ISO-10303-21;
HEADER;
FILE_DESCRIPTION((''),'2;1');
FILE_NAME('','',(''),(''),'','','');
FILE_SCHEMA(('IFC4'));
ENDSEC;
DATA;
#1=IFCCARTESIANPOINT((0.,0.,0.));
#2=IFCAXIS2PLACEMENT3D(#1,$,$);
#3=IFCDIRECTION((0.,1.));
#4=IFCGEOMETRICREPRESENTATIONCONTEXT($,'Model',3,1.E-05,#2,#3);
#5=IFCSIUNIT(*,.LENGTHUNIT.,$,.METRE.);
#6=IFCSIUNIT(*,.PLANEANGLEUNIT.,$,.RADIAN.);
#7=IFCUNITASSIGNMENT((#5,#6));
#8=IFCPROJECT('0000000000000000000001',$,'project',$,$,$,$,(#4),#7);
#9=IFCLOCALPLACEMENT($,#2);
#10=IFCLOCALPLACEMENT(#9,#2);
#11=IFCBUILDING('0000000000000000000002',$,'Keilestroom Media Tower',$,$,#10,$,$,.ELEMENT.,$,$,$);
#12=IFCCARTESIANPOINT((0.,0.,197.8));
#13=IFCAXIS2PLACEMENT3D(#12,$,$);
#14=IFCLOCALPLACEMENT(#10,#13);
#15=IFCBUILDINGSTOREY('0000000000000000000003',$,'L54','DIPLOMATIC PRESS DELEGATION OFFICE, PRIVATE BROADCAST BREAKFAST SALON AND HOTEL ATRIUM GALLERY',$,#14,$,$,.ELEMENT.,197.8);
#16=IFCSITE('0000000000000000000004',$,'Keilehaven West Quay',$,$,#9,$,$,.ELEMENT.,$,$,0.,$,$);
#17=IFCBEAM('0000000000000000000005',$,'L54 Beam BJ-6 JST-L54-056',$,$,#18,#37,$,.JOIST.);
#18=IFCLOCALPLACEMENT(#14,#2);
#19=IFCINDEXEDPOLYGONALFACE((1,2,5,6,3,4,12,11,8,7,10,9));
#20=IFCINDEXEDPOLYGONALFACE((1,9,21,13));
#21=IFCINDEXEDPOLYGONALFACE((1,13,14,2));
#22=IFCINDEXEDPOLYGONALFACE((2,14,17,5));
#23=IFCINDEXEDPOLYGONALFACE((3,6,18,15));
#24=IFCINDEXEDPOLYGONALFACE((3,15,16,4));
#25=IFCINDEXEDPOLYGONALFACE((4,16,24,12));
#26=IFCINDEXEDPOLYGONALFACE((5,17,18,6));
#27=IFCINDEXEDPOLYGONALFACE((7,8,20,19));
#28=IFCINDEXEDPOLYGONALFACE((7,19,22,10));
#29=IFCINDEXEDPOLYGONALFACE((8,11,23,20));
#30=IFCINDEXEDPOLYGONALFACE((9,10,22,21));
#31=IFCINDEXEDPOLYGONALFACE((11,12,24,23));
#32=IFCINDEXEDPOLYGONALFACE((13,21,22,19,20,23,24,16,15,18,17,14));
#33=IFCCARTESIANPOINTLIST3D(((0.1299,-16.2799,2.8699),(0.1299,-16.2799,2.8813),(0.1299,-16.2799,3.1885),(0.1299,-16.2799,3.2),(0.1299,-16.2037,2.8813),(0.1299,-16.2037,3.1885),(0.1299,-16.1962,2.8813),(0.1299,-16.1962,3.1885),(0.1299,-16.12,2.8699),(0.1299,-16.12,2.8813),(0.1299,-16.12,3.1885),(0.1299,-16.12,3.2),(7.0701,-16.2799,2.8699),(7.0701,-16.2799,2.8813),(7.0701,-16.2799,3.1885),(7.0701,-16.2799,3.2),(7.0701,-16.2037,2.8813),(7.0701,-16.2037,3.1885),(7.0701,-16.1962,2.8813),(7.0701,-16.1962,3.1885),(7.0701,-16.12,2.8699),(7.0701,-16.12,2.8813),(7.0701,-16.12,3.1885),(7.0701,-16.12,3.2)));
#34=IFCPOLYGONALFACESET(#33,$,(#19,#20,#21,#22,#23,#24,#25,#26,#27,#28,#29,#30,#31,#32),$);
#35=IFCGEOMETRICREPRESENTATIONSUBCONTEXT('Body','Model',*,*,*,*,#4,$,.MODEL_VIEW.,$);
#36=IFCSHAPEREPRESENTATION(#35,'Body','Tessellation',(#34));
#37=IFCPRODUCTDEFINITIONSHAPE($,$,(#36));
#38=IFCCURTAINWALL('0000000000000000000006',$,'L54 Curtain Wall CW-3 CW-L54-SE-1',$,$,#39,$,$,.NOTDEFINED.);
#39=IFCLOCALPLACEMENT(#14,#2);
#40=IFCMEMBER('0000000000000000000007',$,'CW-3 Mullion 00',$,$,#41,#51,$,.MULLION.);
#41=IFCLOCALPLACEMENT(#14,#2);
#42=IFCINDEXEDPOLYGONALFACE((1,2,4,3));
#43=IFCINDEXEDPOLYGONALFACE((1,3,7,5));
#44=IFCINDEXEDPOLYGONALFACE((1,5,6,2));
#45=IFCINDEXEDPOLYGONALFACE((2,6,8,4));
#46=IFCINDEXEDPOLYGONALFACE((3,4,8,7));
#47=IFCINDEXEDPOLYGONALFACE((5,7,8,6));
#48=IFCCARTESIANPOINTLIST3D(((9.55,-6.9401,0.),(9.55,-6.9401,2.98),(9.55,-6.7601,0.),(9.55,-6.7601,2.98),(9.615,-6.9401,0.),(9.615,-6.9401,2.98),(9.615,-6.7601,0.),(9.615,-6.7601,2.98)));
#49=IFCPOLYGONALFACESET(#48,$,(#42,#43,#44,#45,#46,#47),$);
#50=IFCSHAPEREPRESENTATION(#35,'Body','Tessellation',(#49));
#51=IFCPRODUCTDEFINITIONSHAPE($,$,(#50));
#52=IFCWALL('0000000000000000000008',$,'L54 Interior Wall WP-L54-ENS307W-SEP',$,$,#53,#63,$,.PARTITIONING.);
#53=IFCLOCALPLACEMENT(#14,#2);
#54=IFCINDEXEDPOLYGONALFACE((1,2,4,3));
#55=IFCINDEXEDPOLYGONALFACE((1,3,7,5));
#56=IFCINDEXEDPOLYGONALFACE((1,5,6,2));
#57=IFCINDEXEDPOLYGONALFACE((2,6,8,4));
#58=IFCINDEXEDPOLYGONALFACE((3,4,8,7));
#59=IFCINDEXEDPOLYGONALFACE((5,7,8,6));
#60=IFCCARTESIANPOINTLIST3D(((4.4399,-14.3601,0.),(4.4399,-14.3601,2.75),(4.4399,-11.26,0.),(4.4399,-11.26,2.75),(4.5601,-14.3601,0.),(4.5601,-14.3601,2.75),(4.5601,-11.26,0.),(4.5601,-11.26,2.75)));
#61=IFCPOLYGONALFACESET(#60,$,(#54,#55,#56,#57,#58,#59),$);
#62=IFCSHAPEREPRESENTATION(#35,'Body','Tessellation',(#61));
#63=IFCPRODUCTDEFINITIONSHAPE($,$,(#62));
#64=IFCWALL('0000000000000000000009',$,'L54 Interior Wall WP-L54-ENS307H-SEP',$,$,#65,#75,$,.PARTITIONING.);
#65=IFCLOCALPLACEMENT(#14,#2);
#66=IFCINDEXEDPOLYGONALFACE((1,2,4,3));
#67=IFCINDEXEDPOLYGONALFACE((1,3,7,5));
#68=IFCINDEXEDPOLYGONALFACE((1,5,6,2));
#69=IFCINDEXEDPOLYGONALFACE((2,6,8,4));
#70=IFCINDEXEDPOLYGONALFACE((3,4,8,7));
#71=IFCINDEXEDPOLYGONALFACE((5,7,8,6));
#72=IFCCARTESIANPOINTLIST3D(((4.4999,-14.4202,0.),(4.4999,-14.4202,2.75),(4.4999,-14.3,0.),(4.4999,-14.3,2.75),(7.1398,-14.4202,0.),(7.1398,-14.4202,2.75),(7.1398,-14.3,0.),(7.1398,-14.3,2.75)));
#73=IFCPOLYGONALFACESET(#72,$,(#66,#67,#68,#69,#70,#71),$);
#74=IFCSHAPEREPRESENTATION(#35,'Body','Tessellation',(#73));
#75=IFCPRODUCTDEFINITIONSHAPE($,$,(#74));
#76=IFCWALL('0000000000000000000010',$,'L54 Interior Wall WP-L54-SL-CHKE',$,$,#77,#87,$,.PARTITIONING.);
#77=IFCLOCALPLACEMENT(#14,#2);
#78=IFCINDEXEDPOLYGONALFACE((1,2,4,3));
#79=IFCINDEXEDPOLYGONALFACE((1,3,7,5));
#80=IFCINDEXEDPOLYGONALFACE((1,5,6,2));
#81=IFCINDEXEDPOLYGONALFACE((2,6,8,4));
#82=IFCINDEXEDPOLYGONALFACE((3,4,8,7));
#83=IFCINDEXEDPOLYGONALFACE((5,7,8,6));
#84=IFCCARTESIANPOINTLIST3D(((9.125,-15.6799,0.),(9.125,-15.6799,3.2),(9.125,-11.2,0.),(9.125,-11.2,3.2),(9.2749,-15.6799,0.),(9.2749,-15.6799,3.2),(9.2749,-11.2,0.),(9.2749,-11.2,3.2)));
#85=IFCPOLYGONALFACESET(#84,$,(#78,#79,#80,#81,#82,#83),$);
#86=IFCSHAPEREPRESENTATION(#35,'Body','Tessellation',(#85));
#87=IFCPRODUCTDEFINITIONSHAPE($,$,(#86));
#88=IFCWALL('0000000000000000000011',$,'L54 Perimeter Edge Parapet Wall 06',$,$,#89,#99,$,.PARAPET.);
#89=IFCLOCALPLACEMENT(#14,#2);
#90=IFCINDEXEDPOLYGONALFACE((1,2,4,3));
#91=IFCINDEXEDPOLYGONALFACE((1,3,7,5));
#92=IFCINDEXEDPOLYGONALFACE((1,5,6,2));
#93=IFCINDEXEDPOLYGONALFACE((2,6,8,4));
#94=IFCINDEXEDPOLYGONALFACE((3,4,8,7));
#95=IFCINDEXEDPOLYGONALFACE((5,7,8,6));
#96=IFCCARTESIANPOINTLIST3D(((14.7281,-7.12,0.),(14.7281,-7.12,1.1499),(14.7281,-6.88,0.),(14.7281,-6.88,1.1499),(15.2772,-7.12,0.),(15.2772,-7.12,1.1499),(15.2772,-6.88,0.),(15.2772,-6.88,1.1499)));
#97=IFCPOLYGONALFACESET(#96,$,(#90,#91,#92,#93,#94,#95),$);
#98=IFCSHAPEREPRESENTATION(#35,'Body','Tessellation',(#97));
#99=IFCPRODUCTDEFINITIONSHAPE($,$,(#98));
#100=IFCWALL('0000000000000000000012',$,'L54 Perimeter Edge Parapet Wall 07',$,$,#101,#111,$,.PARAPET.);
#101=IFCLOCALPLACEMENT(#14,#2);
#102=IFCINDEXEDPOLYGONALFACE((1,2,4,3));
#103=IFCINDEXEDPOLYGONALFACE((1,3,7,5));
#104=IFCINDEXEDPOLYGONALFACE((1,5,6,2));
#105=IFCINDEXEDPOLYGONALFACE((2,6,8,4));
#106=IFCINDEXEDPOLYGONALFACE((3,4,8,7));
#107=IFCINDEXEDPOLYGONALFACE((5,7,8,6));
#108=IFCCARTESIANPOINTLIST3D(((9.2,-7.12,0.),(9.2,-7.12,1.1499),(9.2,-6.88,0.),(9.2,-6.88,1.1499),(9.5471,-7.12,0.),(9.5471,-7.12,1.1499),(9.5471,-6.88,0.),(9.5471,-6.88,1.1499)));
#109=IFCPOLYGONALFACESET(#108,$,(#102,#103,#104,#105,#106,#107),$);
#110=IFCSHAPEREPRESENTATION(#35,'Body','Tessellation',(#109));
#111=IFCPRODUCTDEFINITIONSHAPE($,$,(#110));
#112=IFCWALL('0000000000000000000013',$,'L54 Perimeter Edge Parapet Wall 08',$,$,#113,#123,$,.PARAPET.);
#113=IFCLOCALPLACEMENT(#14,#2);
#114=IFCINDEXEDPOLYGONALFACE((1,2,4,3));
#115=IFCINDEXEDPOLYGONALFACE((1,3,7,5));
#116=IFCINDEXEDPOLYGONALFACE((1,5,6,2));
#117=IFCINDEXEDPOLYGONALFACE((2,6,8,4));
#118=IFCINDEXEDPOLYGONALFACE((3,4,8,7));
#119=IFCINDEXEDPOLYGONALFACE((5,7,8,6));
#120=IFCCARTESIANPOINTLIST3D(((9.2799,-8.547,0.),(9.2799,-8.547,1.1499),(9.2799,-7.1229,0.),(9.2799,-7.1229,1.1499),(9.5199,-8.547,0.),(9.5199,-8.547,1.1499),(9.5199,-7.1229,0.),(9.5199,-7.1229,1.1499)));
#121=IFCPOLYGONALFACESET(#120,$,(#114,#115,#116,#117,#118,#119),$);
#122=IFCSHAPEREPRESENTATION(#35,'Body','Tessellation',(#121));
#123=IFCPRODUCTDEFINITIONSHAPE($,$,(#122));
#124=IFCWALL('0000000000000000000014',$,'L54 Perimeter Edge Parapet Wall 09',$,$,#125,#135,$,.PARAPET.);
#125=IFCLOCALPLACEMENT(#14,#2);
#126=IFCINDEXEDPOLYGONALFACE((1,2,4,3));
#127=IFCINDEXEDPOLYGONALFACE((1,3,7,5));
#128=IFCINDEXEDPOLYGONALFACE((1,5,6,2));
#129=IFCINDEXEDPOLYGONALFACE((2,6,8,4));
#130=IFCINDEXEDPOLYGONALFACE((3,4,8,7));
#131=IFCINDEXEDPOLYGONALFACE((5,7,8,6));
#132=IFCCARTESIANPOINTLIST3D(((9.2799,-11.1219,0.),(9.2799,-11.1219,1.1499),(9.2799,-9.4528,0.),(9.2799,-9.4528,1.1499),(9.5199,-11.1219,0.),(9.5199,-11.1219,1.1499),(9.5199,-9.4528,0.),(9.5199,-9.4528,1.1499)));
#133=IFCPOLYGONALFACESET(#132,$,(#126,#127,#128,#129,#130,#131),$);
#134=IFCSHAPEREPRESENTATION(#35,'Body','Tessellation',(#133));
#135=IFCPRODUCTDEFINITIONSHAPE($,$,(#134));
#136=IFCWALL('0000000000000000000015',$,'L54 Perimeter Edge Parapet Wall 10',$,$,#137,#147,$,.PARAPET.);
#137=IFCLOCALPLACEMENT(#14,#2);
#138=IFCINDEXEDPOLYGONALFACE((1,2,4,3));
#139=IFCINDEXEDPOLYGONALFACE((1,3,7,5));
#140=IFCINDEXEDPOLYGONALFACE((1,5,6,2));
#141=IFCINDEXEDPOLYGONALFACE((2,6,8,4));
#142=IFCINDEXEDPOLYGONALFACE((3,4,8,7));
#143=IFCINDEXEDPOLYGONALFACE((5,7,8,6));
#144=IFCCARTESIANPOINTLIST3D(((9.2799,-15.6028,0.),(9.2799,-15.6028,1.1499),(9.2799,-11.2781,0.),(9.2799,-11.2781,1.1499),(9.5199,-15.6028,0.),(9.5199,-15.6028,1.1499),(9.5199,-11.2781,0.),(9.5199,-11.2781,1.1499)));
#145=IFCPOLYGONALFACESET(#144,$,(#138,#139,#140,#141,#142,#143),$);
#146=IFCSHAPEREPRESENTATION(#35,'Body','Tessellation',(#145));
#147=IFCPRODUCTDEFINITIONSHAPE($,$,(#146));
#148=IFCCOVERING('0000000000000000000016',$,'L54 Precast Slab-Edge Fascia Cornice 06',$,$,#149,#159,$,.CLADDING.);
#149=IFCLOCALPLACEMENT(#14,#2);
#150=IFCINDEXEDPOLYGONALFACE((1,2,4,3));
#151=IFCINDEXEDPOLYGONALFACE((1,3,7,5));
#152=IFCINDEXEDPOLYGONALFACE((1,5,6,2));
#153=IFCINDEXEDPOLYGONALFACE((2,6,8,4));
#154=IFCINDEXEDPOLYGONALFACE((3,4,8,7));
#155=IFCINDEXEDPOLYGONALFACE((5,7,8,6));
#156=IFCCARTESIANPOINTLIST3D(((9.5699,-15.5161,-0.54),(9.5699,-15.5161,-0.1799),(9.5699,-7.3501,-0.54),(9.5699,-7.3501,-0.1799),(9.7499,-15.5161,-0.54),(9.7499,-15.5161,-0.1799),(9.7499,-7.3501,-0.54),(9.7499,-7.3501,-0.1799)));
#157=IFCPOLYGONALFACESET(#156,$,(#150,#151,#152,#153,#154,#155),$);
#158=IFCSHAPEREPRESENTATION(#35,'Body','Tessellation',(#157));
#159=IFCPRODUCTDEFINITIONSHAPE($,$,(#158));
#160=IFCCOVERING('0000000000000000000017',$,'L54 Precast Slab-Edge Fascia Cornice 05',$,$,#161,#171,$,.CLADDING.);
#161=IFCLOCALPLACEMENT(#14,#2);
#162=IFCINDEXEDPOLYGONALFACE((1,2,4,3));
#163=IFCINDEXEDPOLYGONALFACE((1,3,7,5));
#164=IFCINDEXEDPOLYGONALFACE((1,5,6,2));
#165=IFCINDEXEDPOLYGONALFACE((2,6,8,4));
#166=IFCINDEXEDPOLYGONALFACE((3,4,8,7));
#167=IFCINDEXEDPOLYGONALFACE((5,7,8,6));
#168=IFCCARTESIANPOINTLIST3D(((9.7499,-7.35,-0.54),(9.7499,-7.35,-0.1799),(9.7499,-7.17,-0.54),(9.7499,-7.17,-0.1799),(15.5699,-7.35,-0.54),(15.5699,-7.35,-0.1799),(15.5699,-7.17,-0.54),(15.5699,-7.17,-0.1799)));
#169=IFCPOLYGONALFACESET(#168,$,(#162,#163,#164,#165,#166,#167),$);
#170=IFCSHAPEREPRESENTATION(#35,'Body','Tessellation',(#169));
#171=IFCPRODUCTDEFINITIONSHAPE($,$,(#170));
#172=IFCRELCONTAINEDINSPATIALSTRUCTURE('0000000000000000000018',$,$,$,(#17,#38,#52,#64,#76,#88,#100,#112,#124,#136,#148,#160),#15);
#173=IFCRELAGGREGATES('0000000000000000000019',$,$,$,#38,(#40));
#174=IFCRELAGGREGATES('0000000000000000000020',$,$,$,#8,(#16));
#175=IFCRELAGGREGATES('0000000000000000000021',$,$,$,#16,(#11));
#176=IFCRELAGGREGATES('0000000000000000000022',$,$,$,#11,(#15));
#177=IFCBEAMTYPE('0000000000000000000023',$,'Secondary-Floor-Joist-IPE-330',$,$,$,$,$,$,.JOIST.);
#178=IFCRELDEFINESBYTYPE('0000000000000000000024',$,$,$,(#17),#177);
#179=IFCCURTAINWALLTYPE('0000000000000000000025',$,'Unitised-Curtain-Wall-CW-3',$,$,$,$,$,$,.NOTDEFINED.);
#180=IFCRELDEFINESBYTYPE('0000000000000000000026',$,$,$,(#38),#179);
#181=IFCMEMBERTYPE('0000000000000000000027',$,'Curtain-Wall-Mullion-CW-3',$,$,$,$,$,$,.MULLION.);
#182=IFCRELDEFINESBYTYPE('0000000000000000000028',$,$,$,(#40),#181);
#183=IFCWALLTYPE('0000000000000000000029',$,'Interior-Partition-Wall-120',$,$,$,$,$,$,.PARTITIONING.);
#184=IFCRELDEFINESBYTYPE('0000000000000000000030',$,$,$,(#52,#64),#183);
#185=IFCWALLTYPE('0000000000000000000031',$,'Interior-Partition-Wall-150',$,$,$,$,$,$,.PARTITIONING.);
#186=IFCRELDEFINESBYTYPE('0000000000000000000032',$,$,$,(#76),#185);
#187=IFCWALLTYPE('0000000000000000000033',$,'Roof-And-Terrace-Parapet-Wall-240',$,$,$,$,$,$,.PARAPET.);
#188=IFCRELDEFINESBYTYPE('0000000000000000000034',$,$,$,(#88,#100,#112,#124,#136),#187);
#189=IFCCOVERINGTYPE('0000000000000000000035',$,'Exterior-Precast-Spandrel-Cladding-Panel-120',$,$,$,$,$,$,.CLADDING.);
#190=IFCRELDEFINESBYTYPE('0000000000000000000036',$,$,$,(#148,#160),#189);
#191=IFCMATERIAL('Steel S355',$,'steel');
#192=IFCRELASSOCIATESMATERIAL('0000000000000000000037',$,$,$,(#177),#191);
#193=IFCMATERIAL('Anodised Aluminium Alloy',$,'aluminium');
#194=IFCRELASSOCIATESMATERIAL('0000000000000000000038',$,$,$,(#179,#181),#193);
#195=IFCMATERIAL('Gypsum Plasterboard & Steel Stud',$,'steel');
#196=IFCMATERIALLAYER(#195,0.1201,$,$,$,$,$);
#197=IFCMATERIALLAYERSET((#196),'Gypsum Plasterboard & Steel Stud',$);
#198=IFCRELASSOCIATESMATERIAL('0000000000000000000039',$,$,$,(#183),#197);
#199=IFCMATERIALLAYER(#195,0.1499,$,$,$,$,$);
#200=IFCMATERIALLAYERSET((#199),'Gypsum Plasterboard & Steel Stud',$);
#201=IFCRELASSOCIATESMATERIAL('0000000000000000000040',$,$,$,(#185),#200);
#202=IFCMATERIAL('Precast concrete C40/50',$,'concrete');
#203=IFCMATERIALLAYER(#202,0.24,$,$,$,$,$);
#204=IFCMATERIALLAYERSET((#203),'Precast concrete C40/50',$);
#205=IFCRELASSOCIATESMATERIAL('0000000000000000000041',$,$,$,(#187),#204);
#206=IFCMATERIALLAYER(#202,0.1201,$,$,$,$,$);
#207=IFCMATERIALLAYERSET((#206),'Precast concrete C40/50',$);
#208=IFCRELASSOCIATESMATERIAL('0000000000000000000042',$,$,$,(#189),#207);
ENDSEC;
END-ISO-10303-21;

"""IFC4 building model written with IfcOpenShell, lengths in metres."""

from ifc_helpers import new_model, si_unit, direction, frame, frame_2d, origin, origin_2d, place, context, subcontext, project, spatial, rectangle, i_section, extrude, source, transform, mapped, material, layer, layer_set, material_profile, profile_set, type_object, element, aggregate, save


model = new_model("IFC4")

# Units and contexts
model_context = context("Model", 3, precision=1e-05, world=origin(), true_north=direction((0.0, 1.0)))
body_context = subcontext(model_context, "Body", "Model", "MODEL_VIEW")
ifc_project = project(units=[si_unit("LENGTHUNIT", "METRE"), si_unit("PLANEANGLEUNIT", "RADIAN")], contexts=[model_context])

# Site, building, storey
site_placement = place(None, origin())
site = spatial("IfcSite", under=ifc_project, at=site_placement, Name="Keilehaven West Quay", CompositionType="ELEMENT", RefElevation=0.0)
building_placement = place(site_placement, origin())
building = spatial("IfcBuilding", under=site, at=building_placement, Name="Keilestroom Media Tower", CompositionType="ELEMENT")
storey_placement = place(building_placement, frame((0.0, 0.0, 197.8)))
storey = spatial("IfcBuildingStorey", under=building, at=storey_placement, Name="L54", Description="DIPLOMATIC PRESS DELEGATION OFFICE, PRIVATE BROADCAST BREAKFAST SALON AND HOTEL ATRIUM GALLERY", CompositionType="ELEMENT", Elevation=197.8)

# Shared definitions
ifc_material_1 = material(Name="Precast concrete C40/50", Category="concrete")
ifc_material_2 = material(Name="Steel S355", Category="steel")

# Beam
ifc_material_profile_1 = material_profile(ifc_material_2, i_section(OverallWidth=0.1599, OverallDepth=0.3301, WebThickness=0.0076, FlangeThickness=0.0115, at=origin_2d()), Name="IPE 330")
ifc_profile_set_1 = profile_set([ifc_material_profile_1], Name="Steel S355")
beam_type_1 = type_object("IfcBeamType", Name="Secondary-Floor-Joist-IPE-330", PredefinedType="JOIST", material=ifc_profile_set_1)
shared_shape_1 = source(origin(), body_context, "Body", "SweptSolid", [
    extrude(i_section(OverallWidth=0.1599, OverallDepth=0.3301, WebThickness=0.0076, FlangeThickness=0.0115, at=origin_2d()), origin(), (0.0, 0.0, 1.0), 6.9402),
])
beam_1_placement = place(storey_placement, frame((0.1299, -16.2, 3.0349), z_axis=(1.0, 0.0, 0.0), x_axis=(0.0, 1.0, 0.0)))
element("IfcBeam", 1, at=beam_1_placement, inside=storey, type_object=beam_type_1, Name="L54 Beam BJ-6 JST-L54-056", PredefinedType="JOIST", context=body_context, shape_type="MappedRepresentation", body=[
    mapped(shared_shape_1, transform((0.0, 0.0, 0.0), x_axis=(1.0, 0.0, 0.0), y_axis=(0.0, 1.0, 0.0), z_axis=(0.0, 0.0, 1.0), scale=1.0)),
])

# Curtain wall, member
ifc_material_3 = material(Name="Anodised Aluminium Alloy", Category="aluminium")
curtain_wall_type = type_object("IfcCurtainWallType", Name="Unitised-Curtain-Wall-CW-3", PredefinedType="NOTDEFINED", material=ifc_material_3)
curtain_wall_placement = place(storey_placement, origin())
curtain_wall = element("IfcCurtainWall", 2, at=curtain_wall_placement, inside=storey, type_object=curtain_wall_type, Name="L54 Curtain Wall CW-3 CW-L54-SE-1", PredefinedType="NOTDEFINED")
ifc_material_profile_2 = material_profile(ifc_material_3, rectangle(XDim=0.0649, YDim=0.1799, at=origin_2d()), Name="ALU MULLION 65x180")
ifc_profile_set_2 = profile_set([ifc_material_profile_2], Name="Anodised Aluminium Alloy")
member_type = type_object("IfcMemberType", Name="Curtain-Wall-Mullion-CW-3", PredefinedType="MULLION", material=ifc_profile_set_2)
shared_shape_2 = source(origin(), body_context, "Body", "SweptSolid", [
    extrude(rectangle(XDim=0.0649, YDim=0.1799, at=origin_2d()), origin(), (0.0, 0.0, 1.0), 2.98),
])
member_placement = place(storey_placement, frame((9.5825, -6.8501, 0.0), z_axis=(0.0, 0.0, 1.0), x_axis=(1.0, 0.0, 0.0)))
member = element("IfcMember", 3, at=member_placement, type_object=member_type, Name="CW-3 Mullion 00", PredefinedType="MULLION", context=body_context, shape_type="MappedRepresentation", body=[
    mapped(shared_shape_2, transform((0.0, 0.0, 0.0), x_axis=(1.0, 0.0, 0.0), y_axis=(0.0, 1.0, 0.0), z_axis=(0.0, 0.0, 1.0), scale=1.0)),
])
aggregate(curtain_wall, [member])

# Walls
ifc_material_4 = material(Name="Gypsum Plasterboard & Steel Stud", Category="steel")
ifc_layer_1 = layer(ifc_material_4, 0.1201)
ifc_layer_set_1 = layer_set([ifc_layer_1], Name="Gypsum Plasterboard & Steel Stud")
wall_type_1 = type_object("IfcWallType", Name="Interior-Partition-Wall-120", PredefinedType="PARTITIONING", material=ifc_layer_set_1)
wall_1_placement = place(storey_placement, frame((4.5, -14.3601, 0.0), z_axis=(0.0, 0.0, 1.0), x_axis=(0.0, 1.0, 0.0)))
element("IfcWall", 4, at=wall_1_placement, inside=storey, type_object=wall_type_1, Name="L54 Interior Wall WP-L54-ENS307W-SEP", PredefinedType="PARTITIONING", context=body_context, shape_type="SweptSolid", body=[
    extrude(rectangle(XDim=3.1001, YDim=0.1201, at=frame_2d((1.55, 0.0))), origin(), (0.0, 0.0, 1.0), 2.75),
])
wall_2_placement = place(storey_placement, frame((4.5, -14.3601, 0.0), z_axis=(0.0, 0.0, 1.0), x_axis=(1.0, 0.0, 0.0)))
element("IfcWall", 5, at=wall_2_placement, inside=storey, type_object=wall_type_1, Name="L54 Interior Wall WP-L54-ENS307H-SEP", PredefinedType="PARTITIONING", context=body_context, shape_type="SweptSolid", body=[
    extrude(rectangle(XDim=2.6399, YDim=0.1201, at=frame_2d((1.3198, 0.0))), origin(), (0.0, 0.0, 1.0), 2.75),
])
ifc_layer_2 = layer(ifc_material_4, 0.1499)
ifc_layer_set_2 = layer_set([ifc_layer_2], Name="Gypsum Plasterboard & Steel Stud")
wall_type_2 = type_object("IfcWallType", Name="Interior-Partition-Wall-150", PredefinedType="PARTITIONING", material=ifc_layer_set_2)
wall_3_placement = place(storey_placement, frame((9.2, -15.6799, 0.0), z_axis=(0.0, 0.0, 1.0), x_axis=(0.0, 1.0, 0.0)))
element("IfcWall", 6, at=wall_3_placement, inside=storey, type_object=wall_type_2, Name="L54 Interior Wall WP-L54-SL-CHKE", PredefinedType="PARTITIONING", context=body_context, shape_type="SweptSolid", body=[
    extrude(rectangle(XDim=4.48, YDim=0.1499, at=frame_2d((2.24, 0.0))), origin(), (0.0, 0.0, 1.0), 3.2),
])
ifc_layer_3 = layer(ifc_material_1, 0.24)
ifc_layer_set_3 = layer_set([ifc_layer_3], Name="Precast concrete C40/50")
wall_type_3 = type_object("IfcWallType", Name="Roof-And-Terrace-Parapet-Wall-240", PredefinedType="PARAPET", material=ifc_layer_set_3)
wall_4_placement = place(storey_placement, frame((15.2771, -7.0, 0.0), z_axis=(0.0, 0.0, 1.0), x_axis=(-1.0, 0.0, 0.0)))
element("IfcWall", 7, at=wall_4_placement, inside=storey, type_object=wall_type_3, Name="L54 Perimeter Edge Parapet Wall 06", PredefinedType="PARAPET", context=body_context, shape_type="SweptSolid", body=[
    extrude(rectangle(XDim=0.5491, YDim=0.24, at=frame_2d((0.2744, 0.0))), origin(), (0.0, 0.0, 1.0), 1.1499),
])
wall_5_placement = place(storey_placement, frame((9.5471, -7.0, 0.0), z_axis=(0.0, 0.0, 1.0), x_axis=(-1.0, 0.0, 0.0)))
element("IfcWall", 8, at=wall_5_placement, inside=storey, type_object=wall_type_3, Name="L54 Perimeter Edge Parapet Wall 07", PredefinedType="PARAPET", context=body_context, shape_type="SweptSolid", body=[
    extrude(rectangle(XDim=0.3472, YDim=0.24, at=frame_2d((0.1736, 0.0))), origin(), (0.0, 0.0, 1.0), 1.1499),
])
wall_6_placement = place(storey_placement, frame((9.3999, -7.123, 0.0), z_axis=(0.0, 0.0, 1.0), x_axis=(0.0, -1.0, 0.0)))
element("IfcWall", 9, at=wall_6_placement, inside=storey, type_object=wall_type_3, Name="L54 Perimeter Edge Parapet Wall 08", PredefinedType="PARAPET", context=body_context, shape_type="SweptSolid", body=[
    extrude(rectangle(XDim=1.4241, YDim=0.24, at=frame_2d((0.7119, 0.0))), origin(), (0.0, 0.0, 1.0), 1.1499),
])
wall_7_placement = place(storey_placement, frame((9.3999, -9.4529, 0.0), z_axis=(0.0, 0.0, 1.0), x_axis=(0.0, -1.0, 0.0)))
element("IfcWall", 10, at=wall_7_placement, inside=storey, type_object=wall_type_3, Name="L54 Perimeter Edge Parapet Wall 09", PredefinedType="PARAPET", context=body_context, shape_type="SweptSolid", body=[
    extrude(rectangle(XDim=1.6692, YDim=0.24, at=frame_2d((0.8345, 0.0))), origin(), (0.0, 0.0, 1.0), 1.1499),
])
wall_8_placement = place(storey_placement, frame((9.3999, -11.2781, 0.0), z_axis=(0.0, 0.0, 1.0), x_axis=(0.0, -1.0, 0.0)))
element("IfcWall", 11, at=wall_8_placement, inside=storey, type_object=wall_type_3, Name="L54 Perimeter Edge Parapet Wall 10", PredefinedType="PARAPET", context=body_context, shape_type="SweptSolid", body=[
    extrude(rectangle(XDim=4.3247, YDim=0.24, at=frame_2d((2.1624, 0.0))), origin(), (0.0, 0.0, 1.0), 1.1499),
])

# Coverings
ifc_layer_4 = layer(ifc_material_1, 0.1201)
ifc_layer_set_4 = layer_set([ifc_layer_4], Name="Precast concrete C40/50")
covering_type = type_object("IfcCoveringType", Name="Exterior-Precast-Spandrel-Cladding-Panel-120", PredefinedType="CLADDING", material=ifc_layer_set_4)
shared_shape_3 = source(origin(), body_context, "Body", "SweptSolid", [
    extrude(rectangle(XDim=8.166, YDim=0.1799, at=origin_2d()), origin(), (0.0, 0.0, 1.0), 0.3601),
])
covering_1_placement = place(storey_placement, frame((9.6599, -11.4331, -0.54), z_axis=(0.0, 0.0, 1.0), x_axis=(0.0, -1.0, 0.0)))
element("IfcCovering", 12, at=covering_1_placement, inside=storey, type_object=covering_type, Name="L54 Precast Slab-Edge Fascia Cornice 06", PredefinedType="CLADDING", context=body_context, shape_type="MappedRepresentation", body=[
    mapped(shared_shape_3, transform((0.0, 0.0, 0.0), x_axis=(1.0, 0.0, 0.0), y_axis=(0.0, 1.0, 0.0), z_axis=(0.0, 0.0, 1.0), scale=1.0)),
])
shared_shape_4 = source(origin(), body_context, "Body", "SweptSolid", [
    extrude(rectangle(XDim=5.8201, YDim=0.1799, at=origin_2d()), origin(), (0.0, 0.0, 1.0), 0.3601),
])
covering_2_placement = place(storey_placement, frame((12.6599, -7.26, -0.54), z_axis=(0.0, 0.0, 1.0), x_axis=(-1.0, 0.0, 0.0)))
element("IfcCovering", 13, at=covering_2_placement, inside=storey, type_object=covering_type, Name="L54 Precast Slab-Edge Fascia Cornice 05", PredefinedType="CLADDING", context=body_context, shape_type="MappedRepresentation", body=[
    mapped(shared_shape_4, transform((0.0, 0.0, 0.0), x_axis=(1.0, 0.0, 0.0), y_axis=(0.0, 1.0, 0.0), z_axis=(0.0, 0.0, 1.0), scale=1.0)),
])

save(model, "model.ifc")
